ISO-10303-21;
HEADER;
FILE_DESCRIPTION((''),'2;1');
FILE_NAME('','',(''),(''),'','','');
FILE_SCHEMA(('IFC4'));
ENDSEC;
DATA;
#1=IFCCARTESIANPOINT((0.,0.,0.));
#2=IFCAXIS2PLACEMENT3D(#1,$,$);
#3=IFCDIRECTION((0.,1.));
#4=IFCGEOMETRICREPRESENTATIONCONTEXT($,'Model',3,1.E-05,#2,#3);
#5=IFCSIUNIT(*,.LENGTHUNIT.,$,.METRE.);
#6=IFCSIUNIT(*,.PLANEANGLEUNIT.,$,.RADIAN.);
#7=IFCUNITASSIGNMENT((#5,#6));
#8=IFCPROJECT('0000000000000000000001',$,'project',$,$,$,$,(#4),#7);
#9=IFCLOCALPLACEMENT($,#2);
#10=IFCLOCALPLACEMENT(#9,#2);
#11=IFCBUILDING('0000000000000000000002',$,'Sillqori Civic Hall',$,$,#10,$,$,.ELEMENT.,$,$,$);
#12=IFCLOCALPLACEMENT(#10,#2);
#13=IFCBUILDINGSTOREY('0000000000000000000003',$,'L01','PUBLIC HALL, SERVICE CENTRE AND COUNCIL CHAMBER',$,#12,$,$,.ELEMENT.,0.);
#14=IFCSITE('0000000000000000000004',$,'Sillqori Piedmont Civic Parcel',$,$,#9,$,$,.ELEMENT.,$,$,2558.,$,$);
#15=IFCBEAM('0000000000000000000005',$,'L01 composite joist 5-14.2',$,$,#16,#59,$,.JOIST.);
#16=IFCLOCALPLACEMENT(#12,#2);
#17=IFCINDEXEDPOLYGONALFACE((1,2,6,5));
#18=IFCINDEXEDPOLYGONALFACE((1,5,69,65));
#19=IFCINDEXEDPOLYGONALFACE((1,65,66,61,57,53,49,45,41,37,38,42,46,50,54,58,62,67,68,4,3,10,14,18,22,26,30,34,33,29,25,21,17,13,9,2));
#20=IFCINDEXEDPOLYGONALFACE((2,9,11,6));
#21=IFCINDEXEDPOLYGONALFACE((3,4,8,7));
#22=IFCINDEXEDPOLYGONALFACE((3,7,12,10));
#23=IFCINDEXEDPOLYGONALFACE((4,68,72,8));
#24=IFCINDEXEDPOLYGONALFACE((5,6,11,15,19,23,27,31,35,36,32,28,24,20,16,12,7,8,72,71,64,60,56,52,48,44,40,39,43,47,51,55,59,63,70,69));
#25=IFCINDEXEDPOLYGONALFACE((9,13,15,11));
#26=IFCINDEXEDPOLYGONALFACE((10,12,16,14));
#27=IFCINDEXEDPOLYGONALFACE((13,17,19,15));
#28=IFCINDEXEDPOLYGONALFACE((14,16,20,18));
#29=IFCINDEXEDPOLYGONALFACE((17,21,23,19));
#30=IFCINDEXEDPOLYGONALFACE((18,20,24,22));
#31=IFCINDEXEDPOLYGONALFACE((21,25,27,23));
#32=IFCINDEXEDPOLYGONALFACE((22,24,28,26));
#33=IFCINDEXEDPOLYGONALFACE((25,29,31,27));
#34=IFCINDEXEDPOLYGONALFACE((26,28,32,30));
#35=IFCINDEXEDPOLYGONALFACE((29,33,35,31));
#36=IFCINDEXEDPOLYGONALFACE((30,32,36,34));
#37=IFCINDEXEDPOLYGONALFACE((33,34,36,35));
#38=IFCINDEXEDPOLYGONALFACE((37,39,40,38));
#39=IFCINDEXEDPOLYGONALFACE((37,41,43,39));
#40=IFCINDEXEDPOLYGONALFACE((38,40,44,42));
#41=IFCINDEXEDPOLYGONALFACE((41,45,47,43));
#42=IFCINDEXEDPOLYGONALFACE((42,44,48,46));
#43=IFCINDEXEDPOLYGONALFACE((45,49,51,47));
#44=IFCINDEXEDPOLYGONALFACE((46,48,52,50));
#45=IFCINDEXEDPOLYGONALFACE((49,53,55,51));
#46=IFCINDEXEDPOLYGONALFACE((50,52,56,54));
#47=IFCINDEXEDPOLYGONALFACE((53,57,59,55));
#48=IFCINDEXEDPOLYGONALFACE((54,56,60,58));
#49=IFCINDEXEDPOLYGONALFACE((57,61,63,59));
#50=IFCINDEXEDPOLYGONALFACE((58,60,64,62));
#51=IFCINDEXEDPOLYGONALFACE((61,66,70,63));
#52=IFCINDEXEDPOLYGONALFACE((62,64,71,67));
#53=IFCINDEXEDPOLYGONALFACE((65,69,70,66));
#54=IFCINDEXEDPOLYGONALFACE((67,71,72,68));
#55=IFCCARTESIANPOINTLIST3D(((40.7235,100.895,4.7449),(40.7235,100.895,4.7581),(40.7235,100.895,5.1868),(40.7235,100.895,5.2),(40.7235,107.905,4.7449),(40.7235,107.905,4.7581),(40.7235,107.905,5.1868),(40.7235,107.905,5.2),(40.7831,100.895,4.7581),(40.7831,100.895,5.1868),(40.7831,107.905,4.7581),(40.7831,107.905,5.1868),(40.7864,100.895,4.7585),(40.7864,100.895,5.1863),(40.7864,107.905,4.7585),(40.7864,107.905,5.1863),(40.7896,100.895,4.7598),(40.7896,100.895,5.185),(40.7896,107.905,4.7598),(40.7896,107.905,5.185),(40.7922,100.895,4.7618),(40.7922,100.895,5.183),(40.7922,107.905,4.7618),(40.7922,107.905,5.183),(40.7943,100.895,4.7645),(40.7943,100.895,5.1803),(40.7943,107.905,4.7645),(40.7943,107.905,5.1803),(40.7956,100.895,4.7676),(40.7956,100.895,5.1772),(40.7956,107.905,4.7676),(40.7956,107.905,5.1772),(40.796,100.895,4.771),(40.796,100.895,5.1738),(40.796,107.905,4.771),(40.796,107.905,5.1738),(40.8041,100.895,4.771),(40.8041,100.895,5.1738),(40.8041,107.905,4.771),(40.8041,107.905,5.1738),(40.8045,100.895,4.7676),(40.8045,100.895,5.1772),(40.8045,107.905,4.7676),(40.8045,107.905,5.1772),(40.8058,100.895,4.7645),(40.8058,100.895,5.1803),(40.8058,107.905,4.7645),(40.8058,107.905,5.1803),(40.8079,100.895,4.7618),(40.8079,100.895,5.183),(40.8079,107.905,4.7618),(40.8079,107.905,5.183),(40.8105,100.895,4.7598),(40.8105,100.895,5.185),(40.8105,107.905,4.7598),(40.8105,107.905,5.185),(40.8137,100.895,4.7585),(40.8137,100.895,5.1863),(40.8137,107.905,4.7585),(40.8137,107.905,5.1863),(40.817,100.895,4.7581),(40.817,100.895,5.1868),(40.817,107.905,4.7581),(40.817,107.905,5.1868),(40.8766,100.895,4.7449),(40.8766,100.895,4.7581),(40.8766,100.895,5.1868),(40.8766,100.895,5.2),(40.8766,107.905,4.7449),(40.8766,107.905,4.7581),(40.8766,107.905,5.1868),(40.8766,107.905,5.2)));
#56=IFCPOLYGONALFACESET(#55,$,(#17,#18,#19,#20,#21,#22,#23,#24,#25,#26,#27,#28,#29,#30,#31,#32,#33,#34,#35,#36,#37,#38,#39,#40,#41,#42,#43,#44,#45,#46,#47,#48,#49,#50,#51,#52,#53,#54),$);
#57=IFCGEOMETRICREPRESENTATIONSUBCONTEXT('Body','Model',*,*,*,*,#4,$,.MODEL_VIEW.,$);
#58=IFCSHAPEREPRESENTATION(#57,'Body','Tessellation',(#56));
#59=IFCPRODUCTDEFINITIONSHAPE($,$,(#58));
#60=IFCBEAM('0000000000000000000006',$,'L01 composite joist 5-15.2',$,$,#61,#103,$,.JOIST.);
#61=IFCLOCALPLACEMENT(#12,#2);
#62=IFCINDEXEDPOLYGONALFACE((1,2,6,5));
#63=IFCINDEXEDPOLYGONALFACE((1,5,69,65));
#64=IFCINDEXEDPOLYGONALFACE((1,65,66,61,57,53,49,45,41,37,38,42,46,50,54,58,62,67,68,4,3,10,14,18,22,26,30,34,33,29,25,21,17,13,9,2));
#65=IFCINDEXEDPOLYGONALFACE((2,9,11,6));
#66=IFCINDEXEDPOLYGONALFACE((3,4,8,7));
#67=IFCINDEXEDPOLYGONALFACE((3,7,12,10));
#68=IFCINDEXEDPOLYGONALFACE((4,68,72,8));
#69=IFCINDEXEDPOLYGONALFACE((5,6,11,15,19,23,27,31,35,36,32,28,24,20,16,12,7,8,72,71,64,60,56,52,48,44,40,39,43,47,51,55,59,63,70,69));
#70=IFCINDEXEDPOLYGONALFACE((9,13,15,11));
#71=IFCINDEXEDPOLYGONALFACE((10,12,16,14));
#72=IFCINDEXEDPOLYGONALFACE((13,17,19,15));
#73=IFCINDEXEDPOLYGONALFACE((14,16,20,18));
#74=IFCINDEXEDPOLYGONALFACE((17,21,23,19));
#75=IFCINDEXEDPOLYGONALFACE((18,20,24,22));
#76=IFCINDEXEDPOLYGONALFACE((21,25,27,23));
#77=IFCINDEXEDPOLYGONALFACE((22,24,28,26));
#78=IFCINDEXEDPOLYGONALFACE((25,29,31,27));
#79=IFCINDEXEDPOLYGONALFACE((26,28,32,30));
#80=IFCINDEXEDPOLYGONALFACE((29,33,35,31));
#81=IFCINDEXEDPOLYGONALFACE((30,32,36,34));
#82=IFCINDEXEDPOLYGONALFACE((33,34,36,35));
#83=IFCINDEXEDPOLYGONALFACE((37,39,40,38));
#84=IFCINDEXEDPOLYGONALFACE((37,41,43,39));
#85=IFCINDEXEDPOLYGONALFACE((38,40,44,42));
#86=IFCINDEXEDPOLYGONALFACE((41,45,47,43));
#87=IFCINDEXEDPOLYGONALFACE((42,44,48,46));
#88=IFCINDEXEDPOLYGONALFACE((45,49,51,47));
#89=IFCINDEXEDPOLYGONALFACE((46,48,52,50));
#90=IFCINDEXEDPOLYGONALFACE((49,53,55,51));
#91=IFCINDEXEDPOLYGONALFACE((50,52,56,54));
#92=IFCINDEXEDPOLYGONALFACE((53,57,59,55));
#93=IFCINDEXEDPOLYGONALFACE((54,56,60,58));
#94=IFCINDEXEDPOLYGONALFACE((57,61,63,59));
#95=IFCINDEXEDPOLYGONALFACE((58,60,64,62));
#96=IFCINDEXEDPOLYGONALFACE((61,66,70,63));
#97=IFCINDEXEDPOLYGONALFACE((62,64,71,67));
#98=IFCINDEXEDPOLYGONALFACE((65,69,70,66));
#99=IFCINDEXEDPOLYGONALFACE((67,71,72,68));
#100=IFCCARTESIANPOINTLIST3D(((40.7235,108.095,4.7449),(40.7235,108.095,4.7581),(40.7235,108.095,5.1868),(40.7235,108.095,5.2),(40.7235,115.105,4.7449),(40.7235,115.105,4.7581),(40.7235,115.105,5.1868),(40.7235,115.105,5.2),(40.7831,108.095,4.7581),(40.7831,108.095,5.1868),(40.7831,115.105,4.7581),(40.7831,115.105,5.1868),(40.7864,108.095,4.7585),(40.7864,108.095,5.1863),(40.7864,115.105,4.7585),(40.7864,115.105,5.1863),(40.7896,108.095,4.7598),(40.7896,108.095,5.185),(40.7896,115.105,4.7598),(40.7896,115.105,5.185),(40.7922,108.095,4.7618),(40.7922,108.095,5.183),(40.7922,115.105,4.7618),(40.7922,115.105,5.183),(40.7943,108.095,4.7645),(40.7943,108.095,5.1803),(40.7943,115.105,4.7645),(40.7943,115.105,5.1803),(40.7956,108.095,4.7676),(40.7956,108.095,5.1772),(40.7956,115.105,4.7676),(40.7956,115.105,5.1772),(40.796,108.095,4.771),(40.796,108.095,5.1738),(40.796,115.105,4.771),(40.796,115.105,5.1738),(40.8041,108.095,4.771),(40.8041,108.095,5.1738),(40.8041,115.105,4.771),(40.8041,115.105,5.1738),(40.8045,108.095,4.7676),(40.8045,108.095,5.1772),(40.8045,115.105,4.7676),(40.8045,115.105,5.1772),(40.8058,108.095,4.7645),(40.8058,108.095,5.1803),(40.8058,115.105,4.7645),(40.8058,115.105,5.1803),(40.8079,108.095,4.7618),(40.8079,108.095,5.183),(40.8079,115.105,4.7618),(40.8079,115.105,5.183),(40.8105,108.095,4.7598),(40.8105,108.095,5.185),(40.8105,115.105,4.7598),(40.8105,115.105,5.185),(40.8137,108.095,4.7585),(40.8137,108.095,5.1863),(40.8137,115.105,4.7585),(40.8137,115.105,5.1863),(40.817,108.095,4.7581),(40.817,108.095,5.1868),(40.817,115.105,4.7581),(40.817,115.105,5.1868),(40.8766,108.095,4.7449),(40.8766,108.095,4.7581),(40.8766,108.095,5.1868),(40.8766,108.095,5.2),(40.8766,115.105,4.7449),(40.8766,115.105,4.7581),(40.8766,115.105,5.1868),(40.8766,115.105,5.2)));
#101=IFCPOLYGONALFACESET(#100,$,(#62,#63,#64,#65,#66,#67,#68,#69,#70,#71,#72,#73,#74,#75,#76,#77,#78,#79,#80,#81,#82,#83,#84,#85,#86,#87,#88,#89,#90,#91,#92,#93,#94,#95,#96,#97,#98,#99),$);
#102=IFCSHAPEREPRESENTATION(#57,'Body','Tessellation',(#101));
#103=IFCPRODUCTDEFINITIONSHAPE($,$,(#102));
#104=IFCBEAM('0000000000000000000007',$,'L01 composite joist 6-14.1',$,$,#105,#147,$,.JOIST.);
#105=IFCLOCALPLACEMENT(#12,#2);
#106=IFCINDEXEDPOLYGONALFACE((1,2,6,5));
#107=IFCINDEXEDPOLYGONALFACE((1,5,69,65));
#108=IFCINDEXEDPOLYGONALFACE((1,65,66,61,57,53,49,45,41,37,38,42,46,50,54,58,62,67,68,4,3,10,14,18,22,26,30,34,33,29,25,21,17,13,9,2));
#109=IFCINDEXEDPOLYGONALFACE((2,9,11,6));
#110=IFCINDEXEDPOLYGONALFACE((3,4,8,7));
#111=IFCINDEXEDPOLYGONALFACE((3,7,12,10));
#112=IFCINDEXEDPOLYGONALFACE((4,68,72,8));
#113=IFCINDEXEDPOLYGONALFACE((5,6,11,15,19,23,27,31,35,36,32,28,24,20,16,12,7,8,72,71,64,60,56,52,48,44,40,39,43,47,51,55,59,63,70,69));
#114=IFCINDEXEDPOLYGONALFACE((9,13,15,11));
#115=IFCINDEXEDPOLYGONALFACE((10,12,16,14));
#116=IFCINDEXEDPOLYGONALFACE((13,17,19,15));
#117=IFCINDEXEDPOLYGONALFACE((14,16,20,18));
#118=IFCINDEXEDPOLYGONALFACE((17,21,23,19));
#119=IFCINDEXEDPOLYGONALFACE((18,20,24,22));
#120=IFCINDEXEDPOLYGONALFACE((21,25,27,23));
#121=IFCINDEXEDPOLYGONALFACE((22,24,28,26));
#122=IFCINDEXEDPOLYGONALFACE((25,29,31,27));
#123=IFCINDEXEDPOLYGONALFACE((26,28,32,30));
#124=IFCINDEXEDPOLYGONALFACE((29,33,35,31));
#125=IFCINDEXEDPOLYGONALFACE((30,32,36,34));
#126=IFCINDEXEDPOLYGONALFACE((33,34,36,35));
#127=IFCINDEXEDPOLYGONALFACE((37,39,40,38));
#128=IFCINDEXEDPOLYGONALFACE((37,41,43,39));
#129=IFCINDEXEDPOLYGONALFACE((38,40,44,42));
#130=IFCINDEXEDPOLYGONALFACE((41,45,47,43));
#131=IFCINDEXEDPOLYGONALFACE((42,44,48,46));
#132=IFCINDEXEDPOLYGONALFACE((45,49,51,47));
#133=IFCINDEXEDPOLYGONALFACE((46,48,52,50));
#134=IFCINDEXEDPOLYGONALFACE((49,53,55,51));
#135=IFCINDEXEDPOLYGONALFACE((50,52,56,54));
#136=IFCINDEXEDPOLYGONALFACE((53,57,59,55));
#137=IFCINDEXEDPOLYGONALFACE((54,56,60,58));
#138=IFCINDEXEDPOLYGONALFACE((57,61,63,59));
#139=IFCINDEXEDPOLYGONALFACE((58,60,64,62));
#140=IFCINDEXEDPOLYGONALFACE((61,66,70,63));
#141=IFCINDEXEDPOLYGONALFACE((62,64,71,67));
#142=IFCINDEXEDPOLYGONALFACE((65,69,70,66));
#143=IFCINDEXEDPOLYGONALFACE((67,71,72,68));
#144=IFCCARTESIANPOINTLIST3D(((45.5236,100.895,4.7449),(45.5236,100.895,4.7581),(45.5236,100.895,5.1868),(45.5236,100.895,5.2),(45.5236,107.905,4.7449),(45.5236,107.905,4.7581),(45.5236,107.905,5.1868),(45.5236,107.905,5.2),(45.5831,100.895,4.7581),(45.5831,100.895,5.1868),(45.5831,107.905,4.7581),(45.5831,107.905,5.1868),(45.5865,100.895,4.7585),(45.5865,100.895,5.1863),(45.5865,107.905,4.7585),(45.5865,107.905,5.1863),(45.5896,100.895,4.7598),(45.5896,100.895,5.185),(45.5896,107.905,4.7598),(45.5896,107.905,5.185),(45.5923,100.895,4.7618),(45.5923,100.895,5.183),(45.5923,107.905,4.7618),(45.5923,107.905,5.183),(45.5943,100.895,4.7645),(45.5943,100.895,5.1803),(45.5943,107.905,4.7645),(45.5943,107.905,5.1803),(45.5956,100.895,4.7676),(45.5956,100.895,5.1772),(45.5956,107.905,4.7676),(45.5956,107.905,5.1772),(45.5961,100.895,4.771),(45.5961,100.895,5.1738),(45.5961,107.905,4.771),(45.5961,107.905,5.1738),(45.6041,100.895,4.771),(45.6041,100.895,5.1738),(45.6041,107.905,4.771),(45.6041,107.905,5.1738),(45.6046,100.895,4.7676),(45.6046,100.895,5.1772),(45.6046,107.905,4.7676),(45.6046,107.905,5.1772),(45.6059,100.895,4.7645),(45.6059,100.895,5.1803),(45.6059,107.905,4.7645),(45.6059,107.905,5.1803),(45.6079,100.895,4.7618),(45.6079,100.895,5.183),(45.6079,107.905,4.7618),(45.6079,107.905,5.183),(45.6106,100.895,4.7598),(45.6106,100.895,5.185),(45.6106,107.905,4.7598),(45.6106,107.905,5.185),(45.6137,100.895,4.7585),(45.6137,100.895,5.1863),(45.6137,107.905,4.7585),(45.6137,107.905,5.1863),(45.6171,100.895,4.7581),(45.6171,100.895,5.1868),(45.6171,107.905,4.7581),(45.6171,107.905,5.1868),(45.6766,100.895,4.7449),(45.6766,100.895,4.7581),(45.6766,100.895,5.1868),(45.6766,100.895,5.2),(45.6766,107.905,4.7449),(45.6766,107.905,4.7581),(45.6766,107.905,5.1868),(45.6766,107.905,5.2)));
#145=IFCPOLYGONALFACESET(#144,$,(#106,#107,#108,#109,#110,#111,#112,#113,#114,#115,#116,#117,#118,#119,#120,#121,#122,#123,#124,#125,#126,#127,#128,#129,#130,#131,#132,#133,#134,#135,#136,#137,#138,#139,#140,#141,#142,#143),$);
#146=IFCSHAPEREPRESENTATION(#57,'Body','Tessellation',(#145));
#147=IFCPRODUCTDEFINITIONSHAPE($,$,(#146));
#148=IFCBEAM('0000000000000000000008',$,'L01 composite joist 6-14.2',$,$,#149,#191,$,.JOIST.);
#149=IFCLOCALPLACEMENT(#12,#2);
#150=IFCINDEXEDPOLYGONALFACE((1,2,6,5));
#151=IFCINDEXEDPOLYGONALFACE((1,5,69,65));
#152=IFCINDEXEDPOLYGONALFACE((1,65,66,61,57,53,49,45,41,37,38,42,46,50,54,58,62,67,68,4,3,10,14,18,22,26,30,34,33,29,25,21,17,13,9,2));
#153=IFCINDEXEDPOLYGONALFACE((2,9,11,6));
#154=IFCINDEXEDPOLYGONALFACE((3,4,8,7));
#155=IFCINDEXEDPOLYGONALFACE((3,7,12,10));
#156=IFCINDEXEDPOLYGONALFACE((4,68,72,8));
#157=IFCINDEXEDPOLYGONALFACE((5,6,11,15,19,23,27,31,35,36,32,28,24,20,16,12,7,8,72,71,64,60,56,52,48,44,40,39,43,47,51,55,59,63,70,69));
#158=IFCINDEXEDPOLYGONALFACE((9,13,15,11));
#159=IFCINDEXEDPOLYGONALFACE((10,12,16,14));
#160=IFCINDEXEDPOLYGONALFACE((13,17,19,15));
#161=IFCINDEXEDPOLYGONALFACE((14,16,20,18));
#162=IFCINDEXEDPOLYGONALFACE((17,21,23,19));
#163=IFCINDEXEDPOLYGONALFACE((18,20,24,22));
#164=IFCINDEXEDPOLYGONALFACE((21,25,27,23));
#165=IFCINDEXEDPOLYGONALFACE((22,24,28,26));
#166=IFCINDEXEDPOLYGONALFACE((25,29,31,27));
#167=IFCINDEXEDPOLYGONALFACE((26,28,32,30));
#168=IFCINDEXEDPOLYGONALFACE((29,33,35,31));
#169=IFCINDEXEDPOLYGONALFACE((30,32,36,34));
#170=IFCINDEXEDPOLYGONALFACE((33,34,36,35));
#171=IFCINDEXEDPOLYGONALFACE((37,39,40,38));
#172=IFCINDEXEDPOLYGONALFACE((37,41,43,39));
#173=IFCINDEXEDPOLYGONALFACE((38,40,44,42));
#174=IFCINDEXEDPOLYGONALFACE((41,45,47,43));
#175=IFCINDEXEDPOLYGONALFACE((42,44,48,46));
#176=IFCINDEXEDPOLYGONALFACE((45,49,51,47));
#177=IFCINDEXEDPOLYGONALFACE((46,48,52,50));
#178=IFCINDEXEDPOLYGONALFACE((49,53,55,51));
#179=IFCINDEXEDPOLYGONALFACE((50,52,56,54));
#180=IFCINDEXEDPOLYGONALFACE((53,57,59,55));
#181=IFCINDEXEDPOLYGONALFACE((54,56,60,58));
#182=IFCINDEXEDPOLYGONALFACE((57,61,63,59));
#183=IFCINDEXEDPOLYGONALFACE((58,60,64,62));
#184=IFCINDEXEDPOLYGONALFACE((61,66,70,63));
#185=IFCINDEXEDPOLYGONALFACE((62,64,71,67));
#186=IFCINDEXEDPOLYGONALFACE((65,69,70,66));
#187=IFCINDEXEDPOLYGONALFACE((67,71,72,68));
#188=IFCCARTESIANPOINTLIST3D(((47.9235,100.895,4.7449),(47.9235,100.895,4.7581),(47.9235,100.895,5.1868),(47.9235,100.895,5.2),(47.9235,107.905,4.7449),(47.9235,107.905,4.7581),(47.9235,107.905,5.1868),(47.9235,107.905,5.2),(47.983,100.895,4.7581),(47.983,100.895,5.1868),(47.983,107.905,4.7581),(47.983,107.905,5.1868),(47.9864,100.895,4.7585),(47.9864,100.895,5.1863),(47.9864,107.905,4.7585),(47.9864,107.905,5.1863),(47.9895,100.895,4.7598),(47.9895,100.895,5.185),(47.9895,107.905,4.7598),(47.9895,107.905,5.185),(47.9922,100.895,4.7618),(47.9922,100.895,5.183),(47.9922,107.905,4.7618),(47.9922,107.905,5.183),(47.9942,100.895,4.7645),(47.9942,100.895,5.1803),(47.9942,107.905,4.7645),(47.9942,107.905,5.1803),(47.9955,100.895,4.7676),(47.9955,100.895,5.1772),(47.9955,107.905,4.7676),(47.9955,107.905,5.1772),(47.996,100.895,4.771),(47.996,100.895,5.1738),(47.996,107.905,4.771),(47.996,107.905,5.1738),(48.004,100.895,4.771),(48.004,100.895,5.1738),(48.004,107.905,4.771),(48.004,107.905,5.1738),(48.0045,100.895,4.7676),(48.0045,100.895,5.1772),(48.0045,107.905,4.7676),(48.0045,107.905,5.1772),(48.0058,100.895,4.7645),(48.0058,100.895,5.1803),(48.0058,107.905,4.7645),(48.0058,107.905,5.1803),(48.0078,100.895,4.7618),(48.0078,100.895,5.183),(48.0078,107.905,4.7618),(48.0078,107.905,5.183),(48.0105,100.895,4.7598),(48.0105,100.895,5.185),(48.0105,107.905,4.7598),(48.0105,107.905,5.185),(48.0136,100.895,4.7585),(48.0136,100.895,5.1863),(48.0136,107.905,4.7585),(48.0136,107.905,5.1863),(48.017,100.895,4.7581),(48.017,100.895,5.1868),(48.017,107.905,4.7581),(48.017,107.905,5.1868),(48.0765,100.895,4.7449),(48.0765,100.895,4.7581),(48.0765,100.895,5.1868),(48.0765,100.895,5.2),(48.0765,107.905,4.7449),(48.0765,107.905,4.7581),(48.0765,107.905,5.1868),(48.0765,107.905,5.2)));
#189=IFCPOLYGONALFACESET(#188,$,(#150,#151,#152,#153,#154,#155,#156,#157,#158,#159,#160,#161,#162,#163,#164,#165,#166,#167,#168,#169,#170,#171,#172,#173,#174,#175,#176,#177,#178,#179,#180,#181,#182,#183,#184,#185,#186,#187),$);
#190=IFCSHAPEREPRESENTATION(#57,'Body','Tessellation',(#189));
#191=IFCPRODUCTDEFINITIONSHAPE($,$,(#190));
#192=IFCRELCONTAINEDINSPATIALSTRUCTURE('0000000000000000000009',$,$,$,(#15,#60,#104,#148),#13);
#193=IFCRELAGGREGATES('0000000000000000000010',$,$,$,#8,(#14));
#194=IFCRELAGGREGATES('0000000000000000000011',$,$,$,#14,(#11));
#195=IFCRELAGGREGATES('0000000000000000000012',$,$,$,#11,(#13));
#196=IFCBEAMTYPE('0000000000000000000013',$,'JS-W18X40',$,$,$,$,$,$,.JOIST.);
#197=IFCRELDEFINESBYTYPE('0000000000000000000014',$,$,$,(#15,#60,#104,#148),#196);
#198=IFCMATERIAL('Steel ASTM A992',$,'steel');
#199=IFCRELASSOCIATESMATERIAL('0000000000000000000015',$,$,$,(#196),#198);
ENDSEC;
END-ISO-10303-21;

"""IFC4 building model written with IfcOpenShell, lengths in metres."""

from ifc_helpers import new_model, si_unit, direction, frame, origin, origin_2d, place, context, subcontext, project, spatial, i_section, extrude, material, material_profile, profile_set, type_object, element, save


model = new_model("IFC4")

# Units and contexts
model_context = context("Model", 3, precision=1e-05, world=origin(), true_north=direction((0.0, 1.0)))
body_context = subcontext(model_context, "Body", "Model", "MODEL_VIEW")
ifc_project = project(units=[si_unit("LENGTHUNIT", "METRE"), si_unit("PLANEANGLEUNIT", "RADIAN")], contexts=[model_context])

# Site, building, storey
site_placement = place(None, origin())
site = spatial("IfcSite", under=ifc_project, at=site_placement, Name="Sillqori Piedmont Civic Parcel", CompositionType="ELEMENT", RefElevation=2558.0)
building_placement = place(site_placement, origin())
building = spatial("IfcBuilding", under=site, at=building_placement, Name="Sillqori Civic Hall", CompositionType="ELEMENT")
storey_placement = place(building_placement, origin())
storey = spatial("IfcBuildingStorey", under=building, at=storey_placement, Name="L01", Description="PUBLIC HALL, SERVICE CENTRE AND COUNCIL CHAMBER", CompositionType="ELEMENT", Elevation=0.0)

# Shared definitions
ifc_material_1 = material(Name="Steel ASTM A992", Category="steel")

# Beams
ifc_material_profile_1 = material_profile(ifc_material_1, i_section(OverallWidth=0.1531, OverallDepth=0.4551, WebThickness=0.0081, FlangeThickness=0.0132, FilletRadius=0.0129, at=origin_2d()), Name="W18X40")
ifc_profile_set_1 = profile_set([ifc_material_profile_1], Name="Steel ASTM A992")
beam_type_1 = type_object("IfcBeamType", Name="JS-W18X40", PredefinedType="JOIST", material=ifc_profile_set_1)
for number, where, z_axis, x_axis, name in (
    (1, (40.8, 100.895, 4.9724), (0.0, 1.0, 0.0), (-1.0, 0.0, 0.0), "L01 composite joist 5-14.2"),
    (2, (40.8, 108.095, 4.9724), (0.0, 1.0, 0.0), (-1.0, 0.0, 0.0), "L01 composite joist 5-15.2"),
    (3, (45.6001, 100.895, 4.9724), (0.0, 1.0, 0.0), (-1.0, 0.0, 0.0), "L01 composite joist 6-14.1"),
    (4, (48.0, 100.895, 4.9724), (0.0, 1.0, 0.0), (-1.0, 0.0, 0.0), "L01 composite joist 6-14.2"),
):
    element("IfcBeam", number, at=place(storey_placement, frame(where, z_axis=z_axis, x_axis=x_axis)), inside=storey, type_object=beam_type_1, Name=name, PredefinedType="JOIST", context=body_context, shape_type="SweptSolid", body=[
        extrude(i_section(OverallWidth=0.1531, OverallDepth=0.4551, WebThickness=0.0081, FlangeThickness=0.0132, FilletRadius=0.0129, at=origin_2d()), origin(), (0.0, 0.0, 1.0), 7.01),
    ])

save(model, "model.ifc")
